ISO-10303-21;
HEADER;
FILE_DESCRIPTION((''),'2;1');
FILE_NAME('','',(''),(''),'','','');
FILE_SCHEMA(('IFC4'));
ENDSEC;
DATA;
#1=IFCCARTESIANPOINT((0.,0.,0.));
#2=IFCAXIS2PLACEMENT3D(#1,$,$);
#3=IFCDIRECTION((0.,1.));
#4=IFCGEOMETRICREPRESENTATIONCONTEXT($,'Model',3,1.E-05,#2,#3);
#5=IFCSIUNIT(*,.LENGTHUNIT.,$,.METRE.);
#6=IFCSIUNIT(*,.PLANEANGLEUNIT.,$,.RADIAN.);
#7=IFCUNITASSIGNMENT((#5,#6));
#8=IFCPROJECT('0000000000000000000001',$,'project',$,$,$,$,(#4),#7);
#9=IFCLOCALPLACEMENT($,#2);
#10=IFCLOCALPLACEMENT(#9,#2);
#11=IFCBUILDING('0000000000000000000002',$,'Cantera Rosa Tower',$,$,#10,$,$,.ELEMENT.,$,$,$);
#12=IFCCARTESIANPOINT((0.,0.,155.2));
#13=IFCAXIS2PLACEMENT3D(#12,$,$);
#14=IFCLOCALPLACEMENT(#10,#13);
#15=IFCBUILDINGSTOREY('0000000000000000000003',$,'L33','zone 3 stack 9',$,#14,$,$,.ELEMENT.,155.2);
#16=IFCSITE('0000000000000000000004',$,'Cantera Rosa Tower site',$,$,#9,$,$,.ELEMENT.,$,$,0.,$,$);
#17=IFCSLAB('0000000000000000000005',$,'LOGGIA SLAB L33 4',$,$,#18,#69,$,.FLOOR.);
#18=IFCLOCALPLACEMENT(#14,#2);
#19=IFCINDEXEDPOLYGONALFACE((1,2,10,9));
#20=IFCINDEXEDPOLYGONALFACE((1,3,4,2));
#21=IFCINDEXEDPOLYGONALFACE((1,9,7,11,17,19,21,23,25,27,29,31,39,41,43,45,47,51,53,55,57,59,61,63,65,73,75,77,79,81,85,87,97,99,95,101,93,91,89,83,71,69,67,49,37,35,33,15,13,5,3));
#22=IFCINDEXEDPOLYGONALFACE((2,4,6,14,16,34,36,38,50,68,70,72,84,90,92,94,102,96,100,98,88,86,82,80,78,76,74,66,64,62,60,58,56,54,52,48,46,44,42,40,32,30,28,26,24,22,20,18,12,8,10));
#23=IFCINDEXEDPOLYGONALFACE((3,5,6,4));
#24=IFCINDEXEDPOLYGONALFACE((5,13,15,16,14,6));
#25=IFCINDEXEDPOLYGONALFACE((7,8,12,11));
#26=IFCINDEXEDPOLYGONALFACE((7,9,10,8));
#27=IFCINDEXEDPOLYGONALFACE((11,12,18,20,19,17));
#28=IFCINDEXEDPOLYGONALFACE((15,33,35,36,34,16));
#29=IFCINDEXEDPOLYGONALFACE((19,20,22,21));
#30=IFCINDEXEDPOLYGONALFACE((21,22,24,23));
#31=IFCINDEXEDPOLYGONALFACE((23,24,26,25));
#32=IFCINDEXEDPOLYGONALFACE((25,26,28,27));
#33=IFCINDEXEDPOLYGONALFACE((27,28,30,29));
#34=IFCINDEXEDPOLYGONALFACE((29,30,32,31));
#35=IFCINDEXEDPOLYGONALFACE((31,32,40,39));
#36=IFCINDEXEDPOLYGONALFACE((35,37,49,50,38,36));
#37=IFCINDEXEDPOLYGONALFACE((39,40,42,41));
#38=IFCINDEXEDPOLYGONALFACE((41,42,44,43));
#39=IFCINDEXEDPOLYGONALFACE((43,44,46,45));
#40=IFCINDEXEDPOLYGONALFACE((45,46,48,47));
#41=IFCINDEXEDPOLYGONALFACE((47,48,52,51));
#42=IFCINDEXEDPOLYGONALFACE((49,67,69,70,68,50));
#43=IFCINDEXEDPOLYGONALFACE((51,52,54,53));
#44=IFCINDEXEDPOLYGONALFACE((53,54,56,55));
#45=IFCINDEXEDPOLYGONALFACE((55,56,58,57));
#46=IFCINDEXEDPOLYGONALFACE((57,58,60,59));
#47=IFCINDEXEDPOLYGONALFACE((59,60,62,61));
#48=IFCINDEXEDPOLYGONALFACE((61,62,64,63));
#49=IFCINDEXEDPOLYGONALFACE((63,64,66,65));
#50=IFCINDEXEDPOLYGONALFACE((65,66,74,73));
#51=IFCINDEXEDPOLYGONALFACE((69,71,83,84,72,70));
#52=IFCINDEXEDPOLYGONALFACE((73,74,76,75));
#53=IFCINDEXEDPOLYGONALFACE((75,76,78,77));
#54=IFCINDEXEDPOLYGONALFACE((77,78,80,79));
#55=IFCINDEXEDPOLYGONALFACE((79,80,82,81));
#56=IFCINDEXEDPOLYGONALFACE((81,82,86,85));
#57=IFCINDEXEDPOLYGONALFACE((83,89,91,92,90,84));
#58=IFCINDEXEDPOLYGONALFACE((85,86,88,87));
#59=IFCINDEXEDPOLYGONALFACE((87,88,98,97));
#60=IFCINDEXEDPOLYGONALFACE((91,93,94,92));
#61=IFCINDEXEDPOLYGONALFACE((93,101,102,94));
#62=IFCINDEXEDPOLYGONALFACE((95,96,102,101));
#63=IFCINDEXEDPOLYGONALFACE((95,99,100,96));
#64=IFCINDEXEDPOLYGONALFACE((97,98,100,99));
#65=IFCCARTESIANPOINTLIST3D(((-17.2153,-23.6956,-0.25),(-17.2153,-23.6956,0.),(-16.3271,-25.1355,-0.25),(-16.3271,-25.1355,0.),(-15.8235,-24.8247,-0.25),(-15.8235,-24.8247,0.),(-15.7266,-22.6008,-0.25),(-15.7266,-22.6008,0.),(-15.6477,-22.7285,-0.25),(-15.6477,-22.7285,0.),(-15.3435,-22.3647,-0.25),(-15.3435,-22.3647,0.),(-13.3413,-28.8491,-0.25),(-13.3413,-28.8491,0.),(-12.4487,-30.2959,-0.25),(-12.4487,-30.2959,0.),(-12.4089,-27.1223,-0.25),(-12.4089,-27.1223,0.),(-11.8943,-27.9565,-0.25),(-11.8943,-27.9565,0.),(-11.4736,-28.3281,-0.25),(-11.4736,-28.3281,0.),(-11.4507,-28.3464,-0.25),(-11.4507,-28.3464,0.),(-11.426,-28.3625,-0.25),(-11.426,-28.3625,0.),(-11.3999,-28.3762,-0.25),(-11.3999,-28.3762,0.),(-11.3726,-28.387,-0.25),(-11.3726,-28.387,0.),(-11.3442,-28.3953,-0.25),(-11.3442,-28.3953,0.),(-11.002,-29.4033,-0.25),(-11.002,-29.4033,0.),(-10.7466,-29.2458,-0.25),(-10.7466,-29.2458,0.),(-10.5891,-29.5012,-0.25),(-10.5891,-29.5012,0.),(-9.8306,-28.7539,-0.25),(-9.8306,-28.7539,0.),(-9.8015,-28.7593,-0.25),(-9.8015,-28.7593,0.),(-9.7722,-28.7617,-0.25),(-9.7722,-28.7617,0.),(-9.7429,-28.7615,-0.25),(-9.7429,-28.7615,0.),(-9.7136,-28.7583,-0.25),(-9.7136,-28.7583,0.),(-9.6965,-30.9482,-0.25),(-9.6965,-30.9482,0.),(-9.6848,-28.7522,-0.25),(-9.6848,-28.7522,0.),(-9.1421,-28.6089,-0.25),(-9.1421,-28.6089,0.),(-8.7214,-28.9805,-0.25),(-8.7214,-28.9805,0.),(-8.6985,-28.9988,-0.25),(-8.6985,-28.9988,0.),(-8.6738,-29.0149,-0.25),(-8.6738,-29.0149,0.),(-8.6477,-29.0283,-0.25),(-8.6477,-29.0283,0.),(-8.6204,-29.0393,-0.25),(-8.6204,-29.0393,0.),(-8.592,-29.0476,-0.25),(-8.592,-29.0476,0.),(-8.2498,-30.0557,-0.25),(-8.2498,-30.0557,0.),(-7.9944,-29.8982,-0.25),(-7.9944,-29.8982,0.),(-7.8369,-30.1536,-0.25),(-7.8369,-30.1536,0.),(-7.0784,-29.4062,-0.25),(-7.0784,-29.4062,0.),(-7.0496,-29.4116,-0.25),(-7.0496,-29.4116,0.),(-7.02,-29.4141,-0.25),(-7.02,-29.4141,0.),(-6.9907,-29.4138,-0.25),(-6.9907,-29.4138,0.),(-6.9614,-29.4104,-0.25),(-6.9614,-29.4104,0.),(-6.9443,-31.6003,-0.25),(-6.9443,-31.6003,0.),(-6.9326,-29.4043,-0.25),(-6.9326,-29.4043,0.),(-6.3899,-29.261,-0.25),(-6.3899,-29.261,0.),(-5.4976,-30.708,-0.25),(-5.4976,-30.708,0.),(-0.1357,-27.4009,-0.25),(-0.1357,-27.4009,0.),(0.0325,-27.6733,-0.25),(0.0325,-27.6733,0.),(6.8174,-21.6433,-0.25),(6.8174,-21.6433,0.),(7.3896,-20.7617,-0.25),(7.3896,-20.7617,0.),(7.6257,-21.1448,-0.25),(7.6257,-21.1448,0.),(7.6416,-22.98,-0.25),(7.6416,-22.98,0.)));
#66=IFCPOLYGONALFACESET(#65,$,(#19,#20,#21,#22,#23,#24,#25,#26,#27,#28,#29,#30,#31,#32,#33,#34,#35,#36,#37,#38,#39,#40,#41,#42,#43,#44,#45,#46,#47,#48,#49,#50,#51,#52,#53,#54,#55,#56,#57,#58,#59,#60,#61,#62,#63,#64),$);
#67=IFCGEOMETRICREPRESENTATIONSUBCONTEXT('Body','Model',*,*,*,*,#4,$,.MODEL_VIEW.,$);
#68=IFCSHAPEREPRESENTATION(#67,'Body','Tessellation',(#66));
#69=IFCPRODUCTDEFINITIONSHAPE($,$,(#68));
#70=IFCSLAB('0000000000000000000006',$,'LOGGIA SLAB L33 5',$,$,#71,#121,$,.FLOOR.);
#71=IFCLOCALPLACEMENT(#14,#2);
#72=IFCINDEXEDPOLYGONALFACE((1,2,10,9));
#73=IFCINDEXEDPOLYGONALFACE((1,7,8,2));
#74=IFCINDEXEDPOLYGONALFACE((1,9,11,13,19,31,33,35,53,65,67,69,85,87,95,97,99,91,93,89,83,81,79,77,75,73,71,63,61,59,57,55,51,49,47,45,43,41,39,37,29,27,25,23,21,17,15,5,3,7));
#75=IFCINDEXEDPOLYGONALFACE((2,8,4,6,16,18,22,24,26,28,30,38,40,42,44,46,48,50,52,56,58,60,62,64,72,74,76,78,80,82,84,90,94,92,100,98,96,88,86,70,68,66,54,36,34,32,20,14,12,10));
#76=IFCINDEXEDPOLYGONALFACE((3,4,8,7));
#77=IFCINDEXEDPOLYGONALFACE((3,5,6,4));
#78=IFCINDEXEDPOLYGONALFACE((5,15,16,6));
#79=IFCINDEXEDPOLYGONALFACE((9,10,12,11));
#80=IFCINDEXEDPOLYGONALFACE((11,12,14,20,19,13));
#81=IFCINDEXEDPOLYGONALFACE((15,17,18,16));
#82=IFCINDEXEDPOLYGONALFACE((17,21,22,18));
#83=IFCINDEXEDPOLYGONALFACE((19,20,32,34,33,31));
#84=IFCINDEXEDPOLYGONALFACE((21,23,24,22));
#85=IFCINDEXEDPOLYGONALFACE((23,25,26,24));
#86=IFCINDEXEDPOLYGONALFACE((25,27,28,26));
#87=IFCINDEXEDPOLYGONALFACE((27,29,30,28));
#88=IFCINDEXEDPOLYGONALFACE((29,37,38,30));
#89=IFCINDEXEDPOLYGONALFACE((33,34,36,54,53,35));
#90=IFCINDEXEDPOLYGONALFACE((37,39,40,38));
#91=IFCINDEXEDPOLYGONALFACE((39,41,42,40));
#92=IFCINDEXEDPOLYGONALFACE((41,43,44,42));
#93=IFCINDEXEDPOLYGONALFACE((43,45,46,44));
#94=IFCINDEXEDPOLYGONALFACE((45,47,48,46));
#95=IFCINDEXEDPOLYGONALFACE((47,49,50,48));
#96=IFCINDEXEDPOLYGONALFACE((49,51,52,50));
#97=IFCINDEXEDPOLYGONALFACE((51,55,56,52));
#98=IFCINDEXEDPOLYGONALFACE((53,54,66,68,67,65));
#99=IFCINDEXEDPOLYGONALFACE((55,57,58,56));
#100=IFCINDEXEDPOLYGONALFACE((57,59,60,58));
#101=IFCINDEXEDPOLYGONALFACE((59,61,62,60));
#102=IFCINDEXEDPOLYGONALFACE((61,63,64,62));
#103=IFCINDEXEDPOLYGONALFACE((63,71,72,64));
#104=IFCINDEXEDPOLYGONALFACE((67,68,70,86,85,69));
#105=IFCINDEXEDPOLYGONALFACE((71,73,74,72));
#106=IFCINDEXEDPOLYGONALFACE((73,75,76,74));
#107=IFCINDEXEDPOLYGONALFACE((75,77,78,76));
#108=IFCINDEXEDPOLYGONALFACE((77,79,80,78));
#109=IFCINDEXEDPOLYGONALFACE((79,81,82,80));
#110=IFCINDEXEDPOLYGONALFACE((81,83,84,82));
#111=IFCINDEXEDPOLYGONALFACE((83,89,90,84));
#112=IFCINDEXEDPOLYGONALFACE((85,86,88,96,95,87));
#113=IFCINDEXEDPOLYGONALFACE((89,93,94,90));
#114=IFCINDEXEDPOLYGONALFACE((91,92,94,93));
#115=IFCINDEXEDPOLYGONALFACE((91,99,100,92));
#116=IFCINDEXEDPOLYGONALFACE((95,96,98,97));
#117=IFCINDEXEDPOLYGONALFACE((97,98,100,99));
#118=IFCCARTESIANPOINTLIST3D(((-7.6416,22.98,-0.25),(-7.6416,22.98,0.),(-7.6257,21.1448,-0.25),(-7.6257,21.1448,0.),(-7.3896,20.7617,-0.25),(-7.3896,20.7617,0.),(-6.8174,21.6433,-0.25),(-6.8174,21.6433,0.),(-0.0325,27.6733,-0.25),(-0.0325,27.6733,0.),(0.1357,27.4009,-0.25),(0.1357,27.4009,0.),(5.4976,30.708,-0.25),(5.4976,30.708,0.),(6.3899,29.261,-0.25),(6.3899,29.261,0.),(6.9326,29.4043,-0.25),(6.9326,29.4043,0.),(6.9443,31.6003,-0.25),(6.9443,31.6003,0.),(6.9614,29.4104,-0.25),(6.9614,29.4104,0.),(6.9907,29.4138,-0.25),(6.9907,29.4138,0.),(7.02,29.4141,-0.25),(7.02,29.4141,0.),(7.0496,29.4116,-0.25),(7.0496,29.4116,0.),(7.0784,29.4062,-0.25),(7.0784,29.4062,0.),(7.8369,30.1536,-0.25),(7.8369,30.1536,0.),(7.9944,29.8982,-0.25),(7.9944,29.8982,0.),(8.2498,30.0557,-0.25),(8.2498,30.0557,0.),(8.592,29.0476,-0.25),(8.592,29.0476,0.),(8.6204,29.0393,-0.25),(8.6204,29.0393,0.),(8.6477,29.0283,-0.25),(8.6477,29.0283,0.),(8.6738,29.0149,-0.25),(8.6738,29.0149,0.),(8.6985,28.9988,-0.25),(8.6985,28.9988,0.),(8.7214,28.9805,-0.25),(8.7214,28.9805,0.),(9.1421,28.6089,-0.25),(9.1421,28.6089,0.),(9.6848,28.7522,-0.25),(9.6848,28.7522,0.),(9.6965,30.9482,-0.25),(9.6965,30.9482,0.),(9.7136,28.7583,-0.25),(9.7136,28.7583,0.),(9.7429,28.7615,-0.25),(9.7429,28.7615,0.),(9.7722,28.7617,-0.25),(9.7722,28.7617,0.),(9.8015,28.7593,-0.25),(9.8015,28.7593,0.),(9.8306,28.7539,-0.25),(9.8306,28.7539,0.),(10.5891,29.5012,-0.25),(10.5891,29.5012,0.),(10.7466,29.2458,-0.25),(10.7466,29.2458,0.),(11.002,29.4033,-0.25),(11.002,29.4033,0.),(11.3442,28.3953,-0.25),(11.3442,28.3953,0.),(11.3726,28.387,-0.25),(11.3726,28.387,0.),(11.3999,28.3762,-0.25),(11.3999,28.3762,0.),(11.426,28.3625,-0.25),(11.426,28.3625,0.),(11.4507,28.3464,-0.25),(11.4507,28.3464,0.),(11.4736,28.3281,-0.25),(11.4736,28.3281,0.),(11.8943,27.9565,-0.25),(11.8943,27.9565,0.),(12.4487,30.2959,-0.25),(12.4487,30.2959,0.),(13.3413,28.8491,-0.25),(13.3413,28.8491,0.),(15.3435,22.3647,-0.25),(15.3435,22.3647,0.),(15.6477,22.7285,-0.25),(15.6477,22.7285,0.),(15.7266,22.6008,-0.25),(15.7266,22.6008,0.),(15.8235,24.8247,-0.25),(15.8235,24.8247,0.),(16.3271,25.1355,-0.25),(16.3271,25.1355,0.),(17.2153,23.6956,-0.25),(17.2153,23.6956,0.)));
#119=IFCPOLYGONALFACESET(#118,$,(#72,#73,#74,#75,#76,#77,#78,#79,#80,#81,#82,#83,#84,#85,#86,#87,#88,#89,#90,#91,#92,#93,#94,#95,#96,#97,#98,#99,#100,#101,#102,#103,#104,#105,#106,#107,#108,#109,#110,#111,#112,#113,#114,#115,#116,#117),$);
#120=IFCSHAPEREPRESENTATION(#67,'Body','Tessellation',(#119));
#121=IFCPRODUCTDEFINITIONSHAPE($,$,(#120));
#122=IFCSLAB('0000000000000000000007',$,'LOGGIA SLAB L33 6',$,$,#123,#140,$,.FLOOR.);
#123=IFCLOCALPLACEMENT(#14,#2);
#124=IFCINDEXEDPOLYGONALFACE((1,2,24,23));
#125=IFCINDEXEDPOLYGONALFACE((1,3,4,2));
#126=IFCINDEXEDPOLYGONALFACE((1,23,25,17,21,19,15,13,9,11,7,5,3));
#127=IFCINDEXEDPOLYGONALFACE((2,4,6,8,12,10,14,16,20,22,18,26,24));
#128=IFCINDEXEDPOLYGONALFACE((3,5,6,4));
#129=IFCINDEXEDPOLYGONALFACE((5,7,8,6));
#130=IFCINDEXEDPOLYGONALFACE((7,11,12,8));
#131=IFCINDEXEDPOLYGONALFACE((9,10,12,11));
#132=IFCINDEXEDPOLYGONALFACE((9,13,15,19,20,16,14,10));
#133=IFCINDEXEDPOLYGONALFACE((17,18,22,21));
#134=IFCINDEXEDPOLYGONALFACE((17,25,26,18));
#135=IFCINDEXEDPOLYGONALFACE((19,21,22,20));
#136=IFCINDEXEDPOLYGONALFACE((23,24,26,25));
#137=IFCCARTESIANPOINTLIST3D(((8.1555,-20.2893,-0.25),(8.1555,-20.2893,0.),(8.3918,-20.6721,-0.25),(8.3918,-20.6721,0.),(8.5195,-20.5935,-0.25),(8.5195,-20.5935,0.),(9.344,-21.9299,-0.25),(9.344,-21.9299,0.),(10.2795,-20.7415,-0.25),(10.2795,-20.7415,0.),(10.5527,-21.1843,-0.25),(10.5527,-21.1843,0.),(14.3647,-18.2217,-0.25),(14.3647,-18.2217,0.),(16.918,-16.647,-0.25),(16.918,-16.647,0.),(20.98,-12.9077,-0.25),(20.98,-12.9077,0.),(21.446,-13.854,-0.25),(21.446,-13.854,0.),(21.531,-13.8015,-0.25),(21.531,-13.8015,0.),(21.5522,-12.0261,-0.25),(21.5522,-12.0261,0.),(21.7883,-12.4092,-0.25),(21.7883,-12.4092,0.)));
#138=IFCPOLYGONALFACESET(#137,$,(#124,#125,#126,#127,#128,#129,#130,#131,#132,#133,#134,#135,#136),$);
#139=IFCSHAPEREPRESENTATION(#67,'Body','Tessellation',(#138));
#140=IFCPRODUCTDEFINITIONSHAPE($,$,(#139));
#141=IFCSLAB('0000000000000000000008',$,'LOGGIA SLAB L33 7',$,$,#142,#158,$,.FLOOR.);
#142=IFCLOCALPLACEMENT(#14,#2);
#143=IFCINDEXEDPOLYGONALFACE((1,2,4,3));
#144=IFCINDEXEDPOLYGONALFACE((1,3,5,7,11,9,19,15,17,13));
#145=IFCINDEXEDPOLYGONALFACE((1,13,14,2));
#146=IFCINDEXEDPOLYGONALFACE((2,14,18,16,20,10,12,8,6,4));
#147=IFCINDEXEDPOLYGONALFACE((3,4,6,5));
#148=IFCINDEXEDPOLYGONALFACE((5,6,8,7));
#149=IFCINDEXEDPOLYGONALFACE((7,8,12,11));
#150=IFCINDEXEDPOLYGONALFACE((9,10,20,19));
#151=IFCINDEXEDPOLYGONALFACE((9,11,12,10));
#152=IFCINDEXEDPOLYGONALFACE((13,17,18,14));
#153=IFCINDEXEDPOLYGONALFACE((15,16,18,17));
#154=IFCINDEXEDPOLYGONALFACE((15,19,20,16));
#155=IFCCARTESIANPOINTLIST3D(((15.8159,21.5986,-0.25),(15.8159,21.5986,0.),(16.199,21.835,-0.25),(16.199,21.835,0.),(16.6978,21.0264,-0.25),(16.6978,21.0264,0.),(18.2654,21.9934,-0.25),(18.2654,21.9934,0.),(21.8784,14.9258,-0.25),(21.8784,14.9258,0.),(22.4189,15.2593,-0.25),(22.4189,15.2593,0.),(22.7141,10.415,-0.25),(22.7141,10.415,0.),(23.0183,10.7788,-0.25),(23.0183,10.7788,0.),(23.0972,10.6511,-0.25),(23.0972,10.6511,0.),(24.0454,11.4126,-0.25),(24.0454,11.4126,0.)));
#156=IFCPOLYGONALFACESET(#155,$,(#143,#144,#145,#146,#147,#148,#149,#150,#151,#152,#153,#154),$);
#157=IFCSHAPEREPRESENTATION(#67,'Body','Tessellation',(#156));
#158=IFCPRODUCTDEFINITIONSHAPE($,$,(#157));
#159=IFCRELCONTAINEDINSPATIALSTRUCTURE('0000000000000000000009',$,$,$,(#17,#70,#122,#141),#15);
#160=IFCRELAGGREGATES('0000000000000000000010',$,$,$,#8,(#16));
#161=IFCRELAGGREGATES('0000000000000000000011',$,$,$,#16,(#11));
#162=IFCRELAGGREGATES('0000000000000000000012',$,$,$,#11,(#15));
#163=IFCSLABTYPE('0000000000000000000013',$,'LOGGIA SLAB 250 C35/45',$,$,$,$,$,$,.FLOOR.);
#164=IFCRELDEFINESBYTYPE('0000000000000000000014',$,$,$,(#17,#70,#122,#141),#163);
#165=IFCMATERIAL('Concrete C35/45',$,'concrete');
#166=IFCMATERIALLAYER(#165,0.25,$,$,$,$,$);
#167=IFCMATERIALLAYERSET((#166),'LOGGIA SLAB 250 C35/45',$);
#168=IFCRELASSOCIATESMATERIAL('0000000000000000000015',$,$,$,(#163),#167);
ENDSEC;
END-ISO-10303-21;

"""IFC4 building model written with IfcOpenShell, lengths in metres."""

from ifc_helpers import new_model, si_unit, direction, frame, origin, place, context, subcontext, project, spatial, polyline, outline, extrude, material, layer, layer_set, type_object, element, save


model = new_model("IFC4")

# Units and contexts
model_context = context("Model", 3, precision=1e-05, world=origin(), true_north=direction((0.0, 1.0)))
body_context = subcontext(model_context, "Body", "Model", "MODEL_VIEW")
ifc_project = project(units=[si_unit("LENGTHUNIT", "METRE"), si_unit("PLANEANGLEUNIT", "RADIAN")], contexts=[model_context])

# Site, building, storey
site_placement = place(None, origin())
site = spatial("IfcSite", under=ifc_project, at=site_placement, Name="Cantera Rosa Tower site", CompositionType="ELEMENT", RefElevation=0.0)
building_placement = place(site_placement, origin())
building = spatial("IfcBuilding", under=site, at=building_placement, Name="Cantera Rosa Tower", CompositionType="ELEMENT")
storey_placement = place(building_placement, frame((0.0, 0.0, 155.2)))
storey = spatial("IfcBuildingStorey", under=building, at=storey_placement, Name="L33", Description="zone 3 stack 9", CompositionType="ELEMENT", Elevation=155.2)

# Slabs
ifc_material_1 = material(Name="Concrete C35/45", Category="concrete")
ifc_layer_1 = layer(ifc_material_1, 0.25)
ifc_layer_set_1 = layer_set([ifc_layer_1], Name="LOGGIA SLAB 250 C35/45")
slab_type_1 = type_object("IfcSlabType", Name="LOGGIA SLAB 250 C35/45", PredefinedType="FLOOR", material=ifc_layer_set_1)
slab_1_placement = place(storey_placement, frame((0.0, 0.0, -0.25)))
element("IfcSlab", 1, at=slab_1_placement, inside=storey, type_object=slab_type_1, Name="LOGGIA SLAB L33 4", PredefinedType="FLOOR", context=body_context, shape_type="SweptSolid", body=[
    extrude(outline(polyline([(-5.4976, -30.708), (-6.9443, -31.6003), (-7.8369, -30.1536), (-7.9944, -29.8982), (-8.2498, -30.0557), (-9.6965, -30.9482), (-10.5891, -29.5012), (-10.7466, -29.2458), (-11.002, -29.4033), (-12.4487, -30.2959), (-13.3413, -28.8491), (-15.8235, -24.8247), (-16.3271, -25.1355), (-17.2153, -23.6956), (-15.6477, -22.7285), (-15.7266, -22.6008), (-15.3435, -22.3647), (-12.4089, -27.1223), (-11.8943, -27.9565), (-11.4736, -28.3281), (-11.4507, -28.3464), (-11.426, -28.3625), (-11.3999, -28.3762), (-11.3726, -28.387), (-11.3442, -28.3953), (-9.8306, -28.7539), (-9.8015, -28.7593), (-9.7722, -28.7617), (-9.7429, -28.7615), (-9.7136, -28.7583), (-9.6848, -28.7522), (-9.1421, -28.6089), (-8.7214, -28.9805), (-8.6985, -28.9988), (-8.6738, -29.0149), (-8.6477, -29.0283), (-8.6204, -29.0393), (-8.592, -29.0476), (-7.0784, -29.4062), (-7.0496, -29.4116), (-7.02, -29.4141), (-6.9907, -29.4138), (-6.9614, -29.4104), (-6.9326, -29.4043), (-6.3899, -29.261), (7.3896, -20.7617), (7.6257, -21.1448), (6.8174, -21.6433), (7.6416, -22.98), (0.0325, -27.6733), (-0.1357, -27.4009), (-5.4976, -30.708)])), origin(), (0.0, 0.0, 1.0), 0.25),
])
slab_2_placement = place(storey_placement, frame((0.0, 0.0, -0.25)))
element("IfcSlab", 2, at=slab_2_placement, inside=storey, type_object=slab_type_1, Name="LOGGIA SLAB L33 5", PredefinedType="FLOOR", context=body_context, shape_type="SweptSolid", body=[
    extrude(outline(polyline([(5.4976, 30.708), (6.9443, 31.6003), (7.8369, 30.1536), (7.9944, 29.8982), (8.2498, 30.0557), (9.6965, 30.9482), (10.5891, 29.5012), (10.7466, 29.2458), (11.002, 29.4033), (12.4487, 30.2959), (13.3413, 28.8491), (15.8235, 24.8247), (16.3271, 25.1355), (17.2153, 23.6956), (15.6477, 22.7285), (15.7266, 22.6008), (15.3435, 22.3647), (11.8943, 27.9565), (11.4736, 28.3281), (11.4507, 28.3464), (11.426, 28.3625), (11.3999, 28.3762), (11.3726, 28.387), (11.3442, 28.3953), (9.8306, 28.7539), (9.8015, 28.7593), (9.7722, 28.7617), (9.7429, 28.7615), (9.7136, 28.7583), (9.6848, 28.7522), (9.1421, 28.6089), (8.7214, 28.9805), (8.6985, 28.9988), (8.6738, 29.0149), (8.6477, 29.0283), (8.6204, 29.0393), (8.592, 29.0476), (7.0784, 29.4062), (7.0496, 29.4116), (7.02, 29.4141), (6.9907, 29.4138), (6.9614, 29.4104), (6.9326, 29.4043), (6.3899, 29.261), (-7.3896, 20.7617), (-7.6257, 21.1448), (-6.8174, 21.6433), (-7.6416, 22.98), (-0.0325, 27.6733), (0.1357, 27.4009), (5.4976, 30.708)])), origin(), (0.0, 0.0, 1.0), 0.25),
])
slab_3_placement = place(storey_placement, frame((0.0, 0.0, -0.25)))
element("IfcSlab", 3, at=slab_3_placement, inside=storey, type_object=slab_type_1, Name="LOGGIA SLAB L33 6", PredefinedType="FLOOR", context=body_context, shape_type="SweptSolid", body=[
    extrude(outline(polyline([(8.5195, -20.5935), (8.3918, -20.6721), (8.1555, -20.2893), (21.5522, -12.0261), (21.7883, -12.4092), (20.98, -12.9077), (21.531, -13.8015), (21.446, -13.854), (16.918, -16.647), (14.3647, -18.2217), (10.2795, -20.7415), (10.5527, -21.1843), (9.344, -21.9299), (8.5195, -20.5935)])), origin(), (0.0, 0.0, 1.0), 0.25),
])
slab_4_placement = place(storey_placement, frame((0.0, 0.0, -0.25)))
element("IfcSlab", 4, at=slab_4_placement, inside=storey, type_object=slab_type_1, Name="LOGGIA SLAB L33 7", PredefinedType="FLOOR", context=body_context, shape_type="SweptSolid", body=[
    extrude(outline(polyline([(24.0454, 11.4126), (23.0183, 10.7788), (23.0972, 10.6511), (22.7141, 10.415), (15.8159, 21.5986), (16.199, 21.835), (16.6978, 21.0264), (18.2654, 21.9934), (22.4189, 15.2593), (21.8784, 14.9258), (24.0454, 11.4126)])), origin(), (0.0, 0.0, 1.0), 0.25),
])

save(model, "model.ifc")
